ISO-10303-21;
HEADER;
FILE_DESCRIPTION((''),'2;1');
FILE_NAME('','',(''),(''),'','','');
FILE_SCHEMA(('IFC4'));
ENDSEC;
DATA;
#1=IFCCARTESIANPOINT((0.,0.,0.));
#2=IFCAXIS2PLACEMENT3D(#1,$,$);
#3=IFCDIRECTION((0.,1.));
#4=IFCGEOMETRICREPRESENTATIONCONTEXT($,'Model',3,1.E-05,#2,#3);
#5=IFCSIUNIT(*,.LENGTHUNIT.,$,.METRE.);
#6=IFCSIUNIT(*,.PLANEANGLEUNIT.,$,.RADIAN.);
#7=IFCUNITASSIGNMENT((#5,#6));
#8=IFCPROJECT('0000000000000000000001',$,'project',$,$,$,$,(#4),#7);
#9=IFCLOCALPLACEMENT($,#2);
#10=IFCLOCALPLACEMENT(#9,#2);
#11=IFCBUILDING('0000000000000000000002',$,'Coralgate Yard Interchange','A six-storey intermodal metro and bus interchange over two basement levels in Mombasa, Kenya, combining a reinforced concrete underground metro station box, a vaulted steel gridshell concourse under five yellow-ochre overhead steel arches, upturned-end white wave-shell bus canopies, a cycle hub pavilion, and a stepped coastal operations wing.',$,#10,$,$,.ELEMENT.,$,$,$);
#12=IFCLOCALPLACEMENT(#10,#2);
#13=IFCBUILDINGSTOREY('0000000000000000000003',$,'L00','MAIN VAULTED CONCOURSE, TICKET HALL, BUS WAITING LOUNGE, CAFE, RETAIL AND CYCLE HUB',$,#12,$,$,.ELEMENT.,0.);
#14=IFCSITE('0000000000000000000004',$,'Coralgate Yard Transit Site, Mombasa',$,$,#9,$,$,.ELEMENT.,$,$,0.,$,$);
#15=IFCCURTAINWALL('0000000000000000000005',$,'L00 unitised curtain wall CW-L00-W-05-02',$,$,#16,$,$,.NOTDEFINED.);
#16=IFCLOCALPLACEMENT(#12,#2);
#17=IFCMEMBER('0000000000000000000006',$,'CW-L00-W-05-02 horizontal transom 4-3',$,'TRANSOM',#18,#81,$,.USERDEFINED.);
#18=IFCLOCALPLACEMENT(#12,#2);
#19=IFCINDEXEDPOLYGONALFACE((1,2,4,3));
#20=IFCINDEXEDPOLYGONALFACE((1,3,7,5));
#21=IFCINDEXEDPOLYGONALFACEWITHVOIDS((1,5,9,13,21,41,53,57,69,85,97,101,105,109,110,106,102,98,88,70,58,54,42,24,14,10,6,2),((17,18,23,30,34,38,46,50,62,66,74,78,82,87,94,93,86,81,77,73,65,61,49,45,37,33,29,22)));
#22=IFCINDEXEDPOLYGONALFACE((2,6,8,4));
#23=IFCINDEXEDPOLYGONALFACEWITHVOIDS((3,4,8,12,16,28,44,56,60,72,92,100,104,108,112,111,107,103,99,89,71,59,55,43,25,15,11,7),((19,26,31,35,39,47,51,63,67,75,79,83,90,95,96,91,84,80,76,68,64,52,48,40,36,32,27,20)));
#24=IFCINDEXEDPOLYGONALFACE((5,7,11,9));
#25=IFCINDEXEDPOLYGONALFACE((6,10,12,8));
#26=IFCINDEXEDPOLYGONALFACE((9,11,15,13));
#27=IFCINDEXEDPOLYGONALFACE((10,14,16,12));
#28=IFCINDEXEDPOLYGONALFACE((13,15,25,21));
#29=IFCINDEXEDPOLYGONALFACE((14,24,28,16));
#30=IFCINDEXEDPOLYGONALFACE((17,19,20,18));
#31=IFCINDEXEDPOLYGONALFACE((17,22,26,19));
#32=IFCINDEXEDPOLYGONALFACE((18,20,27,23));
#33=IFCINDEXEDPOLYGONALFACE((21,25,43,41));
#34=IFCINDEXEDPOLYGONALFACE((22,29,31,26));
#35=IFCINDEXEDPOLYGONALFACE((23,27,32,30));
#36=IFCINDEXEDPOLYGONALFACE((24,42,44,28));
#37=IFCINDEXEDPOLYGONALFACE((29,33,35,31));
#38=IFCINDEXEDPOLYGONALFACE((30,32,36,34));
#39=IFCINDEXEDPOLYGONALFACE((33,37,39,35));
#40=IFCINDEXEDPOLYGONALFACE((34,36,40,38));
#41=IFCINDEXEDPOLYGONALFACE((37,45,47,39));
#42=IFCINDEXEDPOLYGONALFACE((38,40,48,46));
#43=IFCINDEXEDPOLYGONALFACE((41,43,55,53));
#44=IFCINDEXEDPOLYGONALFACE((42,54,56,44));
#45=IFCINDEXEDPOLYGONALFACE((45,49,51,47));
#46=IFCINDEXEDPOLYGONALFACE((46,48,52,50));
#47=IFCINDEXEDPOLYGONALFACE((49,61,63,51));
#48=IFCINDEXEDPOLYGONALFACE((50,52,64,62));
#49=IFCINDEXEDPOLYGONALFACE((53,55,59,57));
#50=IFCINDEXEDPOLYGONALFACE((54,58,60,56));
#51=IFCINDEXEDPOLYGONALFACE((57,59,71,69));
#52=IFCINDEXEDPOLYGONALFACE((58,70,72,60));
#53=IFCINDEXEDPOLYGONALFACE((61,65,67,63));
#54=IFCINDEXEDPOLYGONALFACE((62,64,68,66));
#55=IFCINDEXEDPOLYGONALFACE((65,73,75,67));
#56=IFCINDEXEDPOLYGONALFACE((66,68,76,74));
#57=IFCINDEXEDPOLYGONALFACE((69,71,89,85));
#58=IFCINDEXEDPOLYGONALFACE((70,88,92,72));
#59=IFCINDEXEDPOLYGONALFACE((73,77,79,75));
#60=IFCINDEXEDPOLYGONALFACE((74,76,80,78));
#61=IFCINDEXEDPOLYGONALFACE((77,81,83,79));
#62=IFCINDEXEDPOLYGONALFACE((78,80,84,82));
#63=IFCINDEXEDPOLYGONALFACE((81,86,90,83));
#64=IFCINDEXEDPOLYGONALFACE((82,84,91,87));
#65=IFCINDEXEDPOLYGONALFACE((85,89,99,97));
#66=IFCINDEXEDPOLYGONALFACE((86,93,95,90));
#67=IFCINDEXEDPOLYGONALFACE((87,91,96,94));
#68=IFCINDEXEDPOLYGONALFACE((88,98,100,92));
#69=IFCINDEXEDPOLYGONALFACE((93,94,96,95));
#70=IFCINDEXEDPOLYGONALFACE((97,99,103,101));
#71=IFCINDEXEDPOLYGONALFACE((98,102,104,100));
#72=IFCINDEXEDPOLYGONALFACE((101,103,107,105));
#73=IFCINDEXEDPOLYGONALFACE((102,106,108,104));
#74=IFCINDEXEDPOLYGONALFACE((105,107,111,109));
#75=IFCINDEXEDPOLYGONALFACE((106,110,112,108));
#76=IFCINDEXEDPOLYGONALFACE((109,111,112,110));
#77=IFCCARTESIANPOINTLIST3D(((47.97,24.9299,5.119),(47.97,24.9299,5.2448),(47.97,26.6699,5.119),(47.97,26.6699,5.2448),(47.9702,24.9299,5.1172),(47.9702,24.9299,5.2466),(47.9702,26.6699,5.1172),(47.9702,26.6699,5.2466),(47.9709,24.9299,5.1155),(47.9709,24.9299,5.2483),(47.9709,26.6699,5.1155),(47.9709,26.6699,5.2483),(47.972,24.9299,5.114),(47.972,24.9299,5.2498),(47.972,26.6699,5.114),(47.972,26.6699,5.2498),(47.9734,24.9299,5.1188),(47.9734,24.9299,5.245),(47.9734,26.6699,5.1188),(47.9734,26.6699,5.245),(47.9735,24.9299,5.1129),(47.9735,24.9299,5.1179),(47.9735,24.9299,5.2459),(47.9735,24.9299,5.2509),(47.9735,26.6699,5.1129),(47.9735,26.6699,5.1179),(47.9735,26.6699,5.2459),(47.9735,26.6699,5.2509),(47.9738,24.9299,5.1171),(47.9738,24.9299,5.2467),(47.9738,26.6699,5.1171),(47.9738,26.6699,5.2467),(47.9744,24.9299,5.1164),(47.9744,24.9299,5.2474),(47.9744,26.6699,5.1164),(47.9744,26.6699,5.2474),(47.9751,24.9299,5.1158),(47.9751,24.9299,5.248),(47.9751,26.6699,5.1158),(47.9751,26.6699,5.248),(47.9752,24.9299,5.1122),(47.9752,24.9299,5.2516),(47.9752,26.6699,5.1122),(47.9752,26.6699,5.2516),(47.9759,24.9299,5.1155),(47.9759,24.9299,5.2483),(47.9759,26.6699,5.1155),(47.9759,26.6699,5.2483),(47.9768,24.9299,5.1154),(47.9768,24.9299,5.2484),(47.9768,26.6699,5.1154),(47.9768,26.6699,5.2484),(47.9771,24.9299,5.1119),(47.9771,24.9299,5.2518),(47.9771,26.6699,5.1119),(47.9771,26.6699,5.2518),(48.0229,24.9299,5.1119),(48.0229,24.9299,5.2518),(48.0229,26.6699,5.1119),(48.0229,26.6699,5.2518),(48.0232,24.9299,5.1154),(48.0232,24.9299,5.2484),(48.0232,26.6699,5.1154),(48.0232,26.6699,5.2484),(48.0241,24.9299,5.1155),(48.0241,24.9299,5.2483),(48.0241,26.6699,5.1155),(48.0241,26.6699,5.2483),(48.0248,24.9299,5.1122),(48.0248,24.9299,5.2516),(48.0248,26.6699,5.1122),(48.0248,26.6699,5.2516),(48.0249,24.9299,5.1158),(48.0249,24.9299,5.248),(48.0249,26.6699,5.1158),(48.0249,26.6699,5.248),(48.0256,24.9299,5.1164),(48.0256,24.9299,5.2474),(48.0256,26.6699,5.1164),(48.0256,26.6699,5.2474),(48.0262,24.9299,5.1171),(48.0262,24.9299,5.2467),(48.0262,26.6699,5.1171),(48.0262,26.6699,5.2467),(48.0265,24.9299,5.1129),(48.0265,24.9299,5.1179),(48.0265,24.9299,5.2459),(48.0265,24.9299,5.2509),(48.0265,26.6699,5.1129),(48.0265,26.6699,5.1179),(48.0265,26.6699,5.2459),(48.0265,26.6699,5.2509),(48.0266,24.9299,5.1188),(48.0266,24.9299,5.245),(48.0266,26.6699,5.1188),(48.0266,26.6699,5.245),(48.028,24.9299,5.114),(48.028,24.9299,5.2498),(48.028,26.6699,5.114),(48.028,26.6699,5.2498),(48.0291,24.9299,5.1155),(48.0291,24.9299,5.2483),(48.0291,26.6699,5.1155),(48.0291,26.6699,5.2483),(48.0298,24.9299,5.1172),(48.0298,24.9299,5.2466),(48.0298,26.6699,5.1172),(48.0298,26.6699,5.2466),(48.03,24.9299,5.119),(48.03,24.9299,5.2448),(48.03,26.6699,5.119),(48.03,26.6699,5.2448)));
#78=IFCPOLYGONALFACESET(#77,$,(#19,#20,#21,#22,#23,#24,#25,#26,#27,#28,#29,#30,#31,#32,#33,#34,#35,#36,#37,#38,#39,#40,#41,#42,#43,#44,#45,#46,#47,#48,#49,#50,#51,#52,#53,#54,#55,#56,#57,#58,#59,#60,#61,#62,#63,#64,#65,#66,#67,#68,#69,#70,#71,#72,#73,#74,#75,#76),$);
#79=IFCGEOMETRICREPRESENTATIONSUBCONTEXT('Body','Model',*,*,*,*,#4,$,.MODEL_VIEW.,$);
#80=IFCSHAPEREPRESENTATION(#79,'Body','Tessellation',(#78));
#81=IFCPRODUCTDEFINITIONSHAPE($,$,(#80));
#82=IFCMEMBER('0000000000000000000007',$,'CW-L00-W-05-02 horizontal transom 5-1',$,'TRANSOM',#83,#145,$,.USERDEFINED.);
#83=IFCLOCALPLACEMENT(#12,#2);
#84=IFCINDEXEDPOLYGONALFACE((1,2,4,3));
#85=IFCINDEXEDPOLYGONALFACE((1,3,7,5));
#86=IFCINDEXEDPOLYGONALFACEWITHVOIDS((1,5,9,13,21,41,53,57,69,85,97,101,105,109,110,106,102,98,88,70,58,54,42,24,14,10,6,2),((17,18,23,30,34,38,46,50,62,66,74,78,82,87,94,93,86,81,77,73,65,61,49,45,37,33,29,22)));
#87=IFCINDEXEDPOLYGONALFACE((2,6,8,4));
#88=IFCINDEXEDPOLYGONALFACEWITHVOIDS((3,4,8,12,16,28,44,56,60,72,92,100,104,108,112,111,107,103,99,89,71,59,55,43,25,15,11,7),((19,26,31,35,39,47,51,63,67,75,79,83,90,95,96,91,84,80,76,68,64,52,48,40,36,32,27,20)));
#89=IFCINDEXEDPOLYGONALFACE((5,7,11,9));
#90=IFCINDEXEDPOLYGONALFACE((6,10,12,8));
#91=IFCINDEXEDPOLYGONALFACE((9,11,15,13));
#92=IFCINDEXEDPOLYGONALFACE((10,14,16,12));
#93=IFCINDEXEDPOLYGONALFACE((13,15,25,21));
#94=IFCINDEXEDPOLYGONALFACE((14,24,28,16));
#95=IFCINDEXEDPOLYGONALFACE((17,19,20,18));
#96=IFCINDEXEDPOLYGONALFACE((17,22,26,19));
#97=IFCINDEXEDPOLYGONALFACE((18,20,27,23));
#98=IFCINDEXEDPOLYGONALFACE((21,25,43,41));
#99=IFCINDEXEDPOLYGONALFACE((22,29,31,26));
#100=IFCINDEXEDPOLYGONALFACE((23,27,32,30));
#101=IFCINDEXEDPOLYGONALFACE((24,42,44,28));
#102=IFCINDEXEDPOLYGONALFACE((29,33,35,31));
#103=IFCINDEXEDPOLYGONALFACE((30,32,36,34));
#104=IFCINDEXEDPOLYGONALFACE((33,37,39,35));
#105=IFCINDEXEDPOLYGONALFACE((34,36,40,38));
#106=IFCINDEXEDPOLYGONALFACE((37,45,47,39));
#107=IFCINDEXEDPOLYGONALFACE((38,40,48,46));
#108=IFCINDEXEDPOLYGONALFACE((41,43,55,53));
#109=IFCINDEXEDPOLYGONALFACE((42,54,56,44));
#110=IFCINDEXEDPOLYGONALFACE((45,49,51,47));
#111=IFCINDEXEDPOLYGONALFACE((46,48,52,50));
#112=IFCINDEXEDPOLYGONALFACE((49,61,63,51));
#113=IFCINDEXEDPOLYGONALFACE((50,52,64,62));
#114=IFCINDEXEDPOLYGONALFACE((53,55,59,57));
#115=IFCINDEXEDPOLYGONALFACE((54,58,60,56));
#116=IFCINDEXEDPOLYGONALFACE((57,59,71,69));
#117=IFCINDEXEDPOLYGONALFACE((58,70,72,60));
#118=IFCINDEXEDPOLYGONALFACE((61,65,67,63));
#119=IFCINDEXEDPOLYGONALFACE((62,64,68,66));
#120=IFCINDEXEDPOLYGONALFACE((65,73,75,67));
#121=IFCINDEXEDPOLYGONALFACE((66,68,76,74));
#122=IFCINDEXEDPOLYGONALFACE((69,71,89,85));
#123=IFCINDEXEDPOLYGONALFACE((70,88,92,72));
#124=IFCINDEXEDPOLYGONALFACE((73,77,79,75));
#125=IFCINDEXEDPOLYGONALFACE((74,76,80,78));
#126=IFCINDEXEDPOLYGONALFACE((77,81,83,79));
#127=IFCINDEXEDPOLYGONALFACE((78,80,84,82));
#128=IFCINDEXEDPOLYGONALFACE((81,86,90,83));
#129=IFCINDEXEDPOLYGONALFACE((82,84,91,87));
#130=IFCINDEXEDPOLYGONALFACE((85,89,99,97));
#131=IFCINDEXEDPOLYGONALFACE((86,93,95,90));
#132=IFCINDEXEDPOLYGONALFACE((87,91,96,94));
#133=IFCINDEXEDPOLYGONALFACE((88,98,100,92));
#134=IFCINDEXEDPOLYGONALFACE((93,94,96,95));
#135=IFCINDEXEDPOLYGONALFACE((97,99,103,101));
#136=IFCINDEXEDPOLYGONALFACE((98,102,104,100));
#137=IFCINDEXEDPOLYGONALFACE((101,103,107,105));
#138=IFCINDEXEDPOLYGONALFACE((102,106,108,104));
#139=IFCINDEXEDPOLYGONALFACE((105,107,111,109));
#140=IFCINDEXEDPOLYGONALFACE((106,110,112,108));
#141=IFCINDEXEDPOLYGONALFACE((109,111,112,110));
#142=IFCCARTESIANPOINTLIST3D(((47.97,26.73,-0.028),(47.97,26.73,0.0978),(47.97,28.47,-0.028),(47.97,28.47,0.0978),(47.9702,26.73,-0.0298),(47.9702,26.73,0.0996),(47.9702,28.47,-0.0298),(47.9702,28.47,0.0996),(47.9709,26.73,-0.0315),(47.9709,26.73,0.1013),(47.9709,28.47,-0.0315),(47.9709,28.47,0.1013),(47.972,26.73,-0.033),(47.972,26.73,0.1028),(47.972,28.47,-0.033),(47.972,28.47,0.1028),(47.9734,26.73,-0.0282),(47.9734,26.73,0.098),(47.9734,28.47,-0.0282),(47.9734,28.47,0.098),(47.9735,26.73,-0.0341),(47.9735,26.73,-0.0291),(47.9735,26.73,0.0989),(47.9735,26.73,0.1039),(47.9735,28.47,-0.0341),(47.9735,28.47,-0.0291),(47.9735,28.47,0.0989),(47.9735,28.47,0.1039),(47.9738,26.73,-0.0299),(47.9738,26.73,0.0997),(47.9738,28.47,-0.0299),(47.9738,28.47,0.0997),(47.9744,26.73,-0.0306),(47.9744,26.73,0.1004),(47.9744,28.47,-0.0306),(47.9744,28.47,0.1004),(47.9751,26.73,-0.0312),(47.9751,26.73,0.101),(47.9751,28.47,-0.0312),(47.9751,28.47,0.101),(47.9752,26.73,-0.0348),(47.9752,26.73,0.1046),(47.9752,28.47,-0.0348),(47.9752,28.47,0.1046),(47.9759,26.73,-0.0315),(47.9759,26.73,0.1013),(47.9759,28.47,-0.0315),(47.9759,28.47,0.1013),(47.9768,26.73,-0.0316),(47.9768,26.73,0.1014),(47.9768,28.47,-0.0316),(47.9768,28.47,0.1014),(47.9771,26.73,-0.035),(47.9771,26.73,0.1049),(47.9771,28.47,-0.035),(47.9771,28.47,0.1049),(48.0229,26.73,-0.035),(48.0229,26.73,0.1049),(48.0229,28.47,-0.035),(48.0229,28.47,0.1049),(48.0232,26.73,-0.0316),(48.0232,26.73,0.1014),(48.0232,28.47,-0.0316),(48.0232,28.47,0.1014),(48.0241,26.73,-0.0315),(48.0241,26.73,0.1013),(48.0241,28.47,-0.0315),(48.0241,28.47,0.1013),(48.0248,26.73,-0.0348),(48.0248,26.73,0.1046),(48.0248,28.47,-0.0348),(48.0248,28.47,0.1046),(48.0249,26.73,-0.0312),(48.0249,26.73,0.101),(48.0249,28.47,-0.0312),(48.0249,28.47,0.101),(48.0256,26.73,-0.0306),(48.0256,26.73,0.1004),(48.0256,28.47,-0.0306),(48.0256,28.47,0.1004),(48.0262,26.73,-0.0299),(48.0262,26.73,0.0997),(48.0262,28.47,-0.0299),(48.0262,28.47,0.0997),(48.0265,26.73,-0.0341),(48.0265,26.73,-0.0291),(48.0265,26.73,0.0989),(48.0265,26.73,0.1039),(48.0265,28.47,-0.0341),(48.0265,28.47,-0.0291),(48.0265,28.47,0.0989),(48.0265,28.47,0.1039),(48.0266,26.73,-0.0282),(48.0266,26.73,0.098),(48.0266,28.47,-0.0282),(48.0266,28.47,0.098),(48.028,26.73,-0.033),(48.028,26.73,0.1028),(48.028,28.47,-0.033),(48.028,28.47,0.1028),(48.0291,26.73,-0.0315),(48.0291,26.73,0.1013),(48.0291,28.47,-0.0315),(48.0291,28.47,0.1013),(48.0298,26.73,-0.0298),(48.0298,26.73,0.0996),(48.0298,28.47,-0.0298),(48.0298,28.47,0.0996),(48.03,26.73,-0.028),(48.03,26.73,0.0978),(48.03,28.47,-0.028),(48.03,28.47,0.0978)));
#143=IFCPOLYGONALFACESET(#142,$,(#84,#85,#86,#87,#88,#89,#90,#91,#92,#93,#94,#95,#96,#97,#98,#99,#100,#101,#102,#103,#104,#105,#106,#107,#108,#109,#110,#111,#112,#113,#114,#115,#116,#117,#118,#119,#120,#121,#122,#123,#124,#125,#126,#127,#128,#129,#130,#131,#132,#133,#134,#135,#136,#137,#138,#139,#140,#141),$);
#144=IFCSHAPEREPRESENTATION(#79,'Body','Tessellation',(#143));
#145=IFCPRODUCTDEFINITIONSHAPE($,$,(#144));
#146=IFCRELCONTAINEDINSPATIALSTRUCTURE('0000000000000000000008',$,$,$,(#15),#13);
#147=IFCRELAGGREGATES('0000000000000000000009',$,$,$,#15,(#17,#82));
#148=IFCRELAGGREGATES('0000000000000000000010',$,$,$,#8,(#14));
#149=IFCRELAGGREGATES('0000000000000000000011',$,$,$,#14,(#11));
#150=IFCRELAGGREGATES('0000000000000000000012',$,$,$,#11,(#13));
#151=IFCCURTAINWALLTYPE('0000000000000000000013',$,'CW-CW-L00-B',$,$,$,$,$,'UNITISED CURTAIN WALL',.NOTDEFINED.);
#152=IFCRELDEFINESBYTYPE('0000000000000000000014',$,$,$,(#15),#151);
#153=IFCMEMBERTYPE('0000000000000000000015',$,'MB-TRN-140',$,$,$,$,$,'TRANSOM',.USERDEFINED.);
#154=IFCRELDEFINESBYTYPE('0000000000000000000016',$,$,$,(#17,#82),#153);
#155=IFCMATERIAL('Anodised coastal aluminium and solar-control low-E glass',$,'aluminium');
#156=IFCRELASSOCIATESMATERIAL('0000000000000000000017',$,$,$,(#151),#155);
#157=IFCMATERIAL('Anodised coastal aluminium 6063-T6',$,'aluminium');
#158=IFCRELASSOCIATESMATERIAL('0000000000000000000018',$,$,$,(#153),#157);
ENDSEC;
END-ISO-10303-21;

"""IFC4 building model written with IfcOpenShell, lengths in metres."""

from ifc_helpers import new_model, si_unit, direction, frame, origin, origin_2d, place, context, subcontext, project, spatial, hollow_rectangle, extrude, material, material_profile, profile_set, type_object, element, aggregate, save


model = new_model("IFC4")

# Units and contexts
model_context = context("Model", 3, precision=1e-05, world=origin(), true_north=direction((0.0, 1.0)))
body_context = subcontext(model_context, "Body", "Model", "MODEL_VIEW")
ifc_project = project(units=[si_unit("LENGTHUNIT", "METRE"), si_unit("PLANEANGLEUNIT", "RADIAN")], contexts=[model_context])

# Site, building, storey
site_placement = place(None, origin())
site = spatial("IfcSite", under=ifc_project, at=site_placement, Name="Coralgate Yard Transit Site, Mombasa", CompositionType="ELEMENT", RefElevation=0.0)
building_placement = place(site_placement, origin())
building = spatial("IfcBuilding", under=site, at=building_placement, Name="Coralgate Yard Interchange", Description="A six-storey intermodal metro and bus interchange over two basement levels in Mombasa, Kenya, combining a reinforced concrete underground metro station box, a vaulted steel gridshell concourse under five yellow-ochre overhead steel arches, upturned-end white wave-shell bus canopies, a cycle hub pavilion, and a stepped coastal operations wing.", CompositionType="ELEMENT")
storey_placement = place(building_placement, origin())
storey = spatial("IfcBuildingStorey", under=building, at=storey_placement, Name="L00", Description="MAIN VAULTED CONCOURSE, TICKET HALL, BUS WAITING LOUNGE, CAFE, RETAIL AND CYCLE HUB", CompositionType="ELEMENT", Elevation=0.0)

# Curtain wall
ifc_material_1 = material(Name="Anodised coastal aluminium and solar-control low-E glass", Category="aluminium")
curtain_wall_type_1 = type_object("IfcCurtainWallType", Name="CW-CW-L00-B", ElementType="UNITISED CURTAIN WALL", PredefinedType="NOTDEFINED", material=ifc_material_1)
curtain_wall_1_placement = place(storey_placement, origin())
curtain_wall_1 = element("IfcCurtainWall", 1, at=curtain_wall_1_placement, inside=storey, type_object=curtain_wall_type_1, Name="L00 unitised curtain wall CW-L00-W-05-02", PredefinedType="NOTDEFINED")
ifc_material_2 = material(Name="Anodised coastal aluminium 6063-T6", Category="aluminium")

# Members
ifc_material_profile_1 = material_profile(ifc_material_2, hollow_rectangle(XDim=0.0601, YDim=0.1399, WallThickness=0.0034, InnerFilletRadius=0.0034, OuterFilletRadius=0.0071, at=origin_2d()), Name="ALU 60x140x3.5")
ifc_profile_set_1 = profile_set([ifc_material_profile_1], Name="Anodised coastal aluminium 6063-T6")
member_type_1 = type_object("IfcMemberType", Name="MB-TRN-140", ElementType="TRANSOM", PredefinedType="USERDEFINED", material=ifc_profile_set_1)
member_1_placement = place(storey_placement, frame((48.0, 24.9299, 5.1819), z_axis=(0.0, 1.0, 0.0), x_axis=(-1.0, 0.0, 0.0)))
member_1 = element("IfcMember", 2, at=member_1_placement, type_object=member_type_1, Name="CW-L00-W-05-02 horizontal transom 4-3", ObjectType="TRANSOM", PredefinedType="USERDEFINED", context=body_context, shape_type="SweptSolid", body=[
    extrude(hollow_rectangle(XDim=0.0601, YDim=0.1399, WallThickness=0.0034, InnerFilletRadius=0.0034, OuterFilletRadius=0.0071, at=origin_2d()), origin(), (0.0, 0.0, 1.0), 1.74),
])
member_2_placement = place(storey_placement, frame((48.0, 26.73, 0.0349), z_axis=(0.0, 1.0, 0.0), x_axis=(-1.0, 0.0, 0.0)))
member_2 = element("IfcMember", 3, at=member_2_placement, type_object=member_type_1, Name="CW-L00-W-05-02 horizontal transom 5-1", ObjectType="TRANSOM", PredefinedType="USERDEFINED", context=body_context, shape_type="SweptSolid", body=[
    extrude(hollow_rectangle(XDim=0.0601, YDim=0.1399, WallThickness=0.0034, InnerFilletRadius=0.0034, OuterFilletRadius=0.0071, at=origin_2d()), origin(), (0.0, 0.0, 1.0), 1.74),
])

aggregate(curtain_wall_1, [member_1, member_2])

save(model, "model.ifc")
